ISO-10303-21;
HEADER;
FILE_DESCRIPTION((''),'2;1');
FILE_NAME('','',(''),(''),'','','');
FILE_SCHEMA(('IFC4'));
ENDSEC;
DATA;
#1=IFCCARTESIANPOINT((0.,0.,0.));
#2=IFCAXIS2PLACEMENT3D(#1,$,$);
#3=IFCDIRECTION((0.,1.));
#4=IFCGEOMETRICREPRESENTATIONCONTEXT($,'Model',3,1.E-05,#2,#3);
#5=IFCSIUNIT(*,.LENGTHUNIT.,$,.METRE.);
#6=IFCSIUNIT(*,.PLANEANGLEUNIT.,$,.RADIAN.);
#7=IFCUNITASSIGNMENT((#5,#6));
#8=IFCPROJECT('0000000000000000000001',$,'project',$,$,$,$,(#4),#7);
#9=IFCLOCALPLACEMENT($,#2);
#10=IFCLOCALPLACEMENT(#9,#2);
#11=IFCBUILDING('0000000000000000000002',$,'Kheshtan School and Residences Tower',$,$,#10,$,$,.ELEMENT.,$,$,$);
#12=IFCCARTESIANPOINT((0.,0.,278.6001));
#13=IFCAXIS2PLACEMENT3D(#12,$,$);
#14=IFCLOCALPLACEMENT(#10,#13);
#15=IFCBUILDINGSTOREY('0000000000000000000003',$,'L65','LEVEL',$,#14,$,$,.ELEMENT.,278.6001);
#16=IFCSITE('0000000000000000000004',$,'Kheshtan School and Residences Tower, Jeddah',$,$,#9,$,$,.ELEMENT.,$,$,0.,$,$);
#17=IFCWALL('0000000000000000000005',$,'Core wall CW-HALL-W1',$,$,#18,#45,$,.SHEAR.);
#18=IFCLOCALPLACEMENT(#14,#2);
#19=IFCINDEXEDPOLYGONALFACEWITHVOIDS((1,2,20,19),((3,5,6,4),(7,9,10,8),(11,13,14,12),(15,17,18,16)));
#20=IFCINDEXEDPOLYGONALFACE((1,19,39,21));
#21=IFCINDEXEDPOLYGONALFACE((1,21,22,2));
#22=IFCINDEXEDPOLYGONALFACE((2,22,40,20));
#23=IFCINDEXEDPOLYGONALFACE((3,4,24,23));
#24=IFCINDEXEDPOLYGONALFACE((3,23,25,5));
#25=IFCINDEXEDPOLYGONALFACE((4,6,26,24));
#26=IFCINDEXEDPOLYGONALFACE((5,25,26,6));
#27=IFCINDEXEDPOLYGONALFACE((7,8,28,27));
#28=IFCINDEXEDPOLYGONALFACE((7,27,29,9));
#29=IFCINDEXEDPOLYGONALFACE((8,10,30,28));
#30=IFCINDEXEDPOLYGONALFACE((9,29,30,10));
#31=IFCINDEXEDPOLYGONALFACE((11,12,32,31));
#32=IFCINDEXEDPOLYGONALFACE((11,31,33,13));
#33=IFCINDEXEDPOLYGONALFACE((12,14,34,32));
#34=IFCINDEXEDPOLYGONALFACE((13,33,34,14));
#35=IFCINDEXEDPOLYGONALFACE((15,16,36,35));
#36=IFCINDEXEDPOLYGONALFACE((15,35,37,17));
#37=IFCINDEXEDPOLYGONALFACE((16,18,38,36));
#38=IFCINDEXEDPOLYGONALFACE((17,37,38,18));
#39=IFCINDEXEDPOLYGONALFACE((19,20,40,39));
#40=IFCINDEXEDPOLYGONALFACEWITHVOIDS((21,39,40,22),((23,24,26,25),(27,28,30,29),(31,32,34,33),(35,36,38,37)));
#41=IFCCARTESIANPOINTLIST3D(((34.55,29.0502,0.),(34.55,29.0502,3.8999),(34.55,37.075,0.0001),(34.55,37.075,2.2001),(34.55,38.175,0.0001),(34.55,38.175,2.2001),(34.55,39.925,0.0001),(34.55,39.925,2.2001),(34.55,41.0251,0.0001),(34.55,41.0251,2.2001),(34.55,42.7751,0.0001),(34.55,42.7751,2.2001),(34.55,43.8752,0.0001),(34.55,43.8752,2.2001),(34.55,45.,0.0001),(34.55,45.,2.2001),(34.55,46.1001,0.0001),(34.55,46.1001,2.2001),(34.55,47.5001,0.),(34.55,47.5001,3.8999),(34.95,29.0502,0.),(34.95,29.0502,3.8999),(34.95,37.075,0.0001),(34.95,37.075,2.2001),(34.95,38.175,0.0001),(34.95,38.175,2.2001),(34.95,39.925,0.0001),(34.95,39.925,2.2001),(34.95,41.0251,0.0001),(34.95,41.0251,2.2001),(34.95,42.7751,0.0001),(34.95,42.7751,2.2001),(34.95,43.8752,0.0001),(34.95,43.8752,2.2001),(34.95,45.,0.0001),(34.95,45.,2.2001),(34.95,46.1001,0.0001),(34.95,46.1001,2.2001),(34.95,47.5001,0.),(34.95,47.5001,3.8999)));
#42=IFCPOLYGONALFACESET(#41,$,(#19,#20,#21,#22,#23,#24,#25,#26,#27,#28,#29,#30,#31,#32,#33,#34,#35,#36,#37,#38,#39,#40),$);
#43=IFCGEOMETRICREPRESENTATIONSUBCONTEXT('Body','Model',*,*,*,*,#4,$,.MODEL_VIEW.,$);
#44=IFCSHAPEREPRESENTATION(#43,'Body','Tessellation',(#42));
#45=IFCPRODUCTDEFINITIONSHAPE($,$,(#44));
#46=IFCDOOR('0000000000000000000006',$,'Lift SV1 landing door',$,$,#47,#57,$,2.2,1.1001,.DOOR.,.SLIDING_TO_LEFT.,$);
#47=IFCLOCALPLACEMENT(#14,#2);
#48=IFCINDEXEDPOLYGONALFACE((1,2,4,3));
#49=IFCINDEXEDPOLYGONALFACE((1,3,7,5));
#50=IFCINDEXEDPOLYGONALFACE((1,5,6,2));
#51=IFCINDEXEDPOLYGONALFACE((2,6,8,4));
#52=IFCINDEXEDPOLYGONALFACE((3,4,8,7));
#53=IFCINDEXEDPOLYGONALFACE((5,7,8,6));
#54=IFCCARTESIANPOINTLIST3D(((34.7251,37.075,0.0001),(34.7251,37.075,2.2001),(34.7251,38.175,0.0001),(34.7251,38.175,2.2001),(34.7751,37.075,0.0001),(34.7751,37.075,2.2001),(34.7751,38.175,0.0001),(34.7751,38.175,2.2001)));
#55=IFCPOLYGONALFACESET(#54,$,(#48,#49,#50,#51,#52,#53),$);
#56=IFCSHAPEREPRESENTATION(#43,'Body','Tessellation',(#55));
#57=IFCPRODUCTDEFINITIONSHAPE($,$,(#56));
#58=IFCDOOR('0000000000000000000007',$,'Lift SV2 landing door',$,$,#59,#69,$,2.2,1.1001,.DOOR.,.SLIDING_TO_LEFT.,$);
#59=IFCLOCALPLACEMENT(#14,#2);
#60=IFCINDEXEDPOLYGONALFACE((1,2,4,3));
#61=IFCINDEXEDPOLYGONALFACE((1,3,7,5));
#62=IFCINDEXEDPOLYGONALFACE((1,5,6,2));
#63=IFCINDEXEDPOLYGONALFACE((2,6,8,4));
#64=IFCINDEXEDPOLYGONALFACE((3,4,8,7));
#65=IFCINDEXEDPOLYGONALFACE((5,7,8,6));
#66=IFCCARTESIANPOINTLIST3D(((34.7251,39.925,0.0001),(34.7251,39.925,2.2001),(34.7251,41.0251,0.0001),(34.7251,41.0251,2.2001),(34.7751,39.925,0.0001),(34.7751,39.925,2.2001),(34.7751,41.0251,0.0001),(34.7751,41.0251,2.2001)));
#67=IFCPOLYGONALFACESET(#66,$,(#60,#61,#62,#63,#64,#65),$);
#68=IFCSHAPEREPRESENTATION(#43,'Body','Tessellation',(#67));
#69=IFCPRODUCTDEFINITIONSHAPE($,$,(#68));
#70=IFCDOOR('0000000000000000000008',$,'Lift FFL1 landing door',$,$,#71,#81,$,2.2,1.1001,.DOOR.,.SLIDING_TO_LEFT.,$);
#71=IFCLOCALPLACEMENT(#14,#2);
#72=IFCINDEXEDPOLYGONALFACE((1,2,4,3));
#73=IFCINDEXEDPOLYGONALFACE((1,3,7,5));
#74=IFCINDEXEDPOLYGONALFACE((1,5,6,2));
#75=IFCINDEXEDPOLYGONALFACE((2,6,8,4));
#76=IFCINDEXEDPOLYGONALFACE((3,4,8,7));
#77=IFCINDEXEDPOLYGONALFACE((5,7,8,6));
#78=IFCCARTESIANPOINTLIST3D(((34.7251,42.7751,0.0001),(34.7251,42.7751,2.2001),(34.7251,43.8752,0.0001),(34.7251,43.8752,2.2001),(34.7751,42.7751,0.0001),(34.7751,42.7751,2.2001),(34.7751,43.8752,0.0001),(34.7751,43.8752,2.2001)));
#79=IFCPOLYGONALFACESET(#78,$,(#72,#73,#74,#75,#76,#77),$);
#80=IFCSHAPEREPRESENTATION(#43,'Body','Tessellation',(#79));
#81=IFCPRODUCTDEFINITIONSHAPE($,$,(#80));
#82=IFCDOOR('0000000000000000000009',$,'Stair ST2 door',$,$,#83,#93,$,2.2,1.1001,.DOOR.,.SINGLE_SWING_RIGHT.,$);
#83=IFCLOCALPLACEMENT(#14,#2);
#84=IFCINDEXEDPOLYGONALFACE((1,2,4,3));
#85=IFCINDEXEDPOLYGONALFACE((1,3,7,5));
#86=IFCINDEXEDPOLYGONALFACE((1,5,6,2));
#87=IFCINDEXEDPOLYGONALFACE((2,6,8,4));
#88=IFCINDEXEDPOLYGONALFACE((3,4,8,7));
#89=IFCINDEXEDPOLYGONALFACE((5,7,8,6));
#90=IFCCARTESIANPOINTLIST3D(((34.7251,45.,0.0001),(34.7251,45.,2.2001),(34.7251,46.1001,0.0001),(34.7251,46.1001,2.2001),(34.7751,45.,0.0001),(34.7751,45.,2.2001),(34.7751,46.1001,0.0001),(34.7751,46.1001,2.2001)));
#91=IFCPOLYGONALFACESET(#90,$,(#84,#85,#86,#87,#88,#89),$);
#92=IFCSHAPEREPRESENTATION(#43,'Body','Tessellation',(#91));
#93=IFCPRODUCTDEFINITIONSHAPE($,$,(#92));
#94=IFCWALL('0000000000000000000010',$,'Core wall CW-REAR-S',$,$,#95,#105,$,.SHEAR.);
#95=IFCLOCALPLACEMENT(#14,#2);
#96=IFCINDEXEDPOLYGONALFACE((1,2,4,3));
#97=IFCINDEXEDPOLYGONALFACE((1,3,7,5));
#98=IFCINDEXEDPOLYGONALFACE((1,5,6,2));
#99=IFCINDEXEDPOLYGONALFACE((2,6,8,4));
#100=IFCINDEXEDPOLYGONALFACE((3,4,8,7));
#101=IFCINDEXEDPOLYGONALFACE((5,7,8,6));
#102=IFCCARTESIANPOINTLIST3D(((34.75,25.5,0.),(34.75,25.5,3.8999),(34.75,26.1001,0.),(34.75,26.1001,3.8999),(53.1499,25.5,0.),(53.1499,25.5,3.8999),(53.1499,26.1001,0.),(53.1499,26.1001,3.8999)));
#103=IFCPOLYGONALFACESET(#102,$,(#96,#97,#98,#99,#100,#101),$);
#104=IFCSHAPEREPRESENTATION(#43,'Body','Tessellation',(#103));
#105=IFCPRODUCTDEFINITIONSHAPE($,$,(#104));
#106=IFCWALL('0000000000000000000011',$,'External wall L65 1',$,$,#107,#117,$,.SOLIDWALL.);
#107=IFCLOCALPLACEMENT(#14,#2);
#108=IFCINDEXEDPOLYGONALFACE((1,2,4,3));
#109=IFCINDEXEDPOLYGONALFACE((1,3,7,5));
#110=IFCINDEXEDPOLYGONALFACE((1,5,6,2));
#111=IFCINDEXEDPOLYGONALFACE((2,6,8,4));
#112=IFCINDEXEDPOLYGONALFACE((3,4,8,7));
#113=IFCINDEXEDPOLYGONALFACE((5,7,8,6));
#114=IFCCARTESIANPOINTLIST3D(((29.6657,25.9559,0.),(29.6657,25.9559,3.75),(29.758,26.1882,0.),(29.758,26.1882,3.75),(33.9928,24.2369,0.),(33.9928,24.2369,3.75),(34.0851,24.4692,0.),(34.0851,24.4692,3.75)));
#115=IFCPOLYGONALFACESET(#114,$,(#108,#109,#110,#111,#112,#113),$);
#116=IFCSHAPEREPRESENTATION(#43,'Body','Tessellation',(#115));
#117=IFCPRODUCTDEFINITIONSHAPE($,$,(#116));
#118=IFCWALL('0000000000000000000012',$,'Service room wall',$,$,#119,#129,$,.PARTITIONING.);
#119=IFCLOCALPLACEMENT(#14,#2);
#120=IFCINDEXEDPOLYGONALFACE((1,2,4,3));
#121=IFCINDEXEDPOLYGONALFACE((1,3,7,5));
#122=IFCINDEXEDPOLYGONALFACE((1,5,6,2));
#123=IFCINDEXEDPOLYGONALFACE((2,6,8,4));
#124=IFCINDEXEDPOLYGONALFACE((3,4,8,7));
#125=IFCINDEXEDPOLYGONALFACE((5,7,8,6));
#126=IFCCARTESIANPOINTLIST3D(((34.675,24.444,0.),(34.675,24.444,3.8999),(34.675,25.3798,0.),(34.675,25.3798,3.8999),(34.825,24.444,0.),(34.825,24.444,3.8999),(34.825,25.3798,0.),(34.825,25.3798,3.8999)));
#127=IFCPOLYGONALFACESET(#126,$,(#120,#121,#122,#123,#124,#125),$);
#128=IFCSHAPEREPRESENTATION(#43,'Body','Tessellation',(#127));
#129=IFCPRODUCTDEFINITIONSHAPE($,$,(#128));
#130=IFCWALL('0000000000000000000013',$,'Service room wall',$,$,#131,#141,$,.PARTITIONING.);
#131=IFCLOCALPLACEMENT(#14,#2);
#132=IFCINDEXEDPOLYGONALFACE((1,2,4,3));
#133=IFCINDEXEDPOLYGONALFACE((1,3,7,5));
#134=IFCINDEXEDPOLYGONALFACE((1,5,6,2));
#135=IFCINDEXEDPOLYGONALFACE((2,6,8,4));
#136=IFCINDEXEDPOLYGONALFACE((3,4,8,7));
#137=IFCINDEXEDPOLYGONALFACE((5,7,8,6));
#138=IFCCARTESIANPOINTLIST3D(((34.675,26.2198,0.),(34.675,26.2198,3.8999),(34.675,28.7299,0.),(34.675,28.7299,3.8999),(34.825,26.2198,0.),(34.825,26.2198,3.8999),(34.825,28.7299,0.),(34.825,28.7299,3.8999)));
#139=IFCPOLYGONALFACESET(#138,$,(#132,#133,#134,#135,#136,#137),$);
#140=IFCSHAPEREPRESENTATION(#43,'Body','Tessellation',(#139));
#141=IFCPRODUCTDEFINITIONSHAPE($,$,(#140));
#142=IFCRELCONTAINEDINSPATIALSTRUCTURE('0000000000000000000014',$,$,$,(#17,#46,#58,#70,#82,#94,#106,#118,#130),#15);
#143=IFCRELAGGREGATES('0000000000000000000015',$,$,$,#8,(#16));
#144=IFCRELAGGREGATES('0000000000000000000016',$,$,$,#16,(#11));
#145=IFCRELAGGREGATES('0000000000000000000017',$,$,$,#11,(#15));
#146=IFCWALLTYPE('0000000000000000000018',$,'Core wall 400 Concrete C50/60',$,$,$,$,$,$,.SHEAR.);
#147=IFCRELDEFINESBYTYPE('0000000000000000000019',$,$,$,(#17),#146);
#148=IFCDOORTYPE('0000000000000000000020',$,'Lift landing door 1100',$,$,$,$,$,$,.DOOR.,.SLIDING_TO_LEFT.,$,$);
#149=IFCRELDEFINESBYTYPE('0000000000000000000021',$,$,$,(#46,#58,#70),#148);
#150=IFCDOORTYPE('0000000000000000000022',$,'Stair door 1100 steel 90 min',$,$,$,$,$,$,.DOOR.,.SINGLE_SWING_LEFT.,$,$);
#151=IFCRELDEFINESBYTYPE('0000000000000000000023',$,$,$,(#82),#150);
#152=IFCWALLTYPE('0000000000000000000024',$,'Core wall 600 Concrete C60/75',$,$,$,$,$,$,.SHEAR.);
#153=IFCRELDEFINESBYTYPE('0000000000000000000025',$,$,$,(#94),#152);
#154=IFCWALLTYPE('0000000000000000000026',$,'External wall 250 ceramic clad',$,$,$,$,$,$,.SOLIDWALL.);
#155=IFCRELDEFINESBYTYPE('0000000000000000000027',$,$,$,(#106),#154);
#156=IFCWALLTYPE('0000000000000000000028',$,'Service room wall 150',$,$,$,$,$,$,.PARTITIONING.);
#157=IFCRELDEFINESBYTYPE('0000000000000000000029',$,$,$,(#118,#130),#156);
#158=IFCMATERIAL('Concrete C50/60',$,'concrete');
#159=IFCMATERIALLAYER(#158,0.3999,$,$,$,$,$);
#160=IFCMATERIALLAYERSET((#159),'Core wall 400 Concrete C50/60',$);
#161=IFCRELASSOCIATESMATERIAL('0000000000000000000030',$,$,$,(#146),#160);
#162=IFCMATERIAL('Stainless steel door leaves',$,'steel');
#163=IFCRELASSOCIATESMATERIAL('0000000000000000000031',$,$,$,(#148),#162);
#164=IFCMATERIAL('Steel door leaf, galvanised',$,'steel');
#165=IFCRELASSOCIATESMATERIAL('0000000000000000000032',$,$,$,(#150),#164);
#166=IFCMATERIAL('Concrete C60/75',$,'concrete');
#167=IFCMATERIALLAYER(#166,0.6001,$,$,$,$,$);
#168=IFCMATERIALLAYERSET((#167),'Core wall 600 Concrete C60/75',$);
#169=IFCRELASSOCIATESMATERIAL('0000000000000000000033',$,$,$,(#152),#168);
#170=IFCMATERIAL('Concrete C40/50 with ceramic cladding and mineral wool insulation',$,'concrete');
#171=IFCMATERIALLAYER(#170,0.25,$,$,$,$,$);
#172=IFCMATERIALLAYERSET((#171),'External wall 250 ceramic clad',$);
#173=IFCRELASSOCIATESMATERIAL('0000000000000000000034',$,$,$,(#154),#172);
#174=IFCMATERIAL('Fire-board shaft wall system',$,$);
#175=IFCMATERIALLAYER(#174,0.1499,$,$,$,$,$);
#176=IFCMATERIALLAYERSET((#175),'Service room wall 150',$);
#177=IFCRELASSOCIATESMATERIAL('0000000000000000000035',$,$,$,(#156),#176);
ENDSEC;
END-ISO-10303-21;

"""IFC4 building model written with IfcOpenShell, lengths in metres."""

from ifc_helpers import new_model, si_unit, direction, frame, frame_2d, origin, place, context, subcontext, project, spatial, rectangle, extrude, source, transform, mapped, material, layer, layer_set, type_object, element, fill, save


model = new_model("IFC4")

# Units and contexts
model_context = context("Model", 3, precision=1e-05, world=origin(), true_north=direction((0.0, 1.0)))
body_context = subcontext(model_context, "Body", "Model", "MODEL_VIEW")
ifc_project = project(units=[si_unit("LENGTHUNIT", "METRE"), si_unit("PLANEANGLEUNIT", "RADIAN")], contexts=[model_context])

# Site, building, storey
site_placement = place(None, origin())
site = spatial("IfcSite", under=ifc_project, at=site_placement, Name="Kheshtan School and Residences Tower, Jeddah", CompositionType="ELEMENT", RefElevation=0.0)
building_placement = place(site_placement, origin())
building = spatial("IfcBuilding", under=site, at=building_placement, Name="Kheshtan School and Residences Tower", CompositionType="ELEMENT")
storey_placement = place(building_placement, frame((0.0, 0.0, 278.6001)))
storey = spatial("IfcBuildingStorey", under=building, at=storey_placement, Name="L65", Description="LEVEL", CompositionType="ELEMENT", Elevation=278.6001)

# Wall, openings, doors
ifc_material_1 = material(Name="Concrete C50/60", Category="concrete")
ifc_layer_1 = layer(ifc_material_1, 0.3999)
ifc_layer_set_1 = layer_set([ifc_layer_1], Name="Core wall 400 Concrete C50/60")
wall_type_1 = type_object("IfcWallType", Name="Core wall 400 Concrete C50/60", PredefinedType="SHEAR", material=ifc_layer_set_1)
ifc_material_2 = material(Name="Stainless steel door leaves", Category="steel")
door_type_1 = type_object("IfcDoorType", Name="Lift landing door 1100", OperationType="SLIDING_TO_LEFT", PredefinedType="DOOR", material=ifc_material_2)
shared_shape_1 = source(origin(), body_context, "Body", "SweptSolid", [
    extrude(rectangle(XDim=1.1001, YDim=2.2, at=frame_2d((0.55, 1.1001))), frame((0.0, 0.0249, 0.0), z_axis=(0.0, -1.0, 0.0), x_axis=(1.0, 0.0, 0.0)), (0.0, 0.0, 1.0), 0.05),
])
ifc_material_3 = material(Name="Steel door leaf, galvanised", Category="steel")
wall_1_placement = place(storey_placement, frame((34.75, 29.05, 0.0), z_axis=(0.0, 0.0, 1.0), x_axis=(0.0, 1.0, 0.0)))
wall_1 = element("IfcWall", 1, at=wall_1_placement, inside=storey, type_object=wall_type_1, Name="Core wall CW-HALL-W1", PredefinedType="SHEAR", context=body_context, shape_type="SweptSolid", body=[
    extrude(rectangle(XDim=18.45, YDim=0.3999, at=frame_2d((9.2251, 0.0))), origin(), (0.0, 0.0, 1.0), 3.8999),
])
opening_1_placement = place(wall_1_placement, frame((8.0249, 0.0, 0.0)))
opening_1 = element("IfcOpeningElement", 2, at=opening_1_placement, cuts=wall_1, PredefinedType="OPENING", context=body_context, shape_type="SweptSolid", body=[
    extrude(rectangle(XDim=1.1001, YDim=2.2, at=frame_2d((0.55, 1.1001))), frame((0.0, 0.21, 0.0), z_axis=(0.0, -1.0, 0.0), x_axis=(1.0, 0.0, 0.0)), (0.0, 0.0, 1.0), 0.4199),
])
opening_2_placement = place(wall_1_placement, frame((10.875, 0.0, 0.0)))
opening_2 = element("IfcOpeningElement", 3, at=opening_2_placement, cuts=wall_1, PredefinedType="OPENING", context=body_context, shape_type="SweptSolid", body=[
    extrude(rectangle(XDim=1.1001, YDim=2.2, at=frame_2d((0.55, 1.1001))), frame((0.0, 0.21, 0.0), z_axis=(0.0, -1.0, 0.0), x_axis=(1.0, 0.0, 0.0)), (0.0, 0.0, 1.0), 0.4199),
])
opening_3_placement = place(wall_1_placement, frame((13.7251, 0.0, 0.0)))
opening_3 = element("IfcOpeningElement", 4, at=opening_3_placement, cuts=wall_1, PredefinedType="OPENING", context=body_context, shape_type="SweptSolid", body=[
    extrude(rectangle(XDim=1.1001, YDim=2.2, at=frame_2d((0.55, 1.1001))), frame((0.0, 0.21, 0.0), z_axis=(0.0, -1.0, 0.0), x_axis=(1.0, 0.0, 0.0)), (0.0, 0.0, 1.0), 0.4199),
])
opening_4_placement = place(wall_1_placement, frame((15.95, 0.0, 0.0)))
opening_4 = element("IfcOpeningElement", 5, at=opening_4_placement, cuts=wall_1, PredefinedType="OPENING", context=body_context, shape_type="SweptSolid", body=[
    extrude(rectangle(XDim=1.1001, YDim=2.2, at=frame_2d((0.55, 1.1001))), frame((0.0, 0.21, 0.0), z_axis=(0.0, -1.0, 0.0), x_axis=(1.0, 0.0, 0.0)), (0.0, 0.0, 1.0), 0.4199),
])
door_1_placement = place(opening_1_placement, origin())
door_1 = element("IfcDoor", 6, at=door_1_placement, inside=storey, type_object=door_type_1, Name="Lift SV1 landing door", OperationType="SLIDING_TO_LEFT", OverallHeight=2.2, OverallWidth=1.1001, PredefinedType="DOOR", context=body_context, shape_type="MappedRepresentation", body=[
    mapped(shared_shape_1, transform((0.0, 0.0, 0.0), x_axis=(1.0, 0.0, 0.0), y_axis=(0.0, 1.0, 0.0), z_axis=(0.0, 0.0, 1.0), scale=1.0)),
])
fill(opening_1, door_1)
door_2_placement = place(opening_2_placement, origin())
door_2 = element("IfcDoor", 7, at=door_2_placement, inside=storey, type_object=door_type_1, Name="Lift SV2 landing door", OperationType="SLIDING_TO_LEFT", OverallHeight=2.2, OverallWidth=1.1001, PredefinedType="DOOR", context=body_context, shape_type="MappedRepresentation", body=[
    mapped(shared_shape_1, transform((0.0, 0.0, 0.0), x_axis=(1.0, 0.0, 0.0), y_axis=(0.0, 1.0, 0.0), z_axis=(0.0, 0.0, 1.0), scale=1.0)),
])
fill(opening_2, door_2)
door_3_placement = place(opening_3_placement, origin())
door_3 = element("IfcDoor", 8, at=door_3_placement, inside=storey, type_object=door_type_1, Name="Lift FFL1 landing door", OperationType="SLIDING_TO_LEFT", OverallHeight=2.2, OverallWidth=1.1001, PredefinedType="DOOR", context=body_context, shape_type="MappedRepresentation", body=[
    mapped(shared_shape_1, transform((0.0, 0.0, 0.0), x_axis=(1.0, 0.0, 0.0), y_axis=(0.0, 1.0, 0.0), z_axis=(0.0, 0.0, 1.0), scale=1.0)),
])
fill(opening_3, door_3)
door_type_2 = type_object("IfcDoorType", Name="Stair door 1100 steel 90 min", OperationType="SINGLE_SWING_LEFT", PredefinedType="DOOR", material=ifc_material_3)
shared_shape_2 = source(origin(), body_context, "Body", "SweptSolid", [
    extrude(rectangle(XDim=1.1001, YDim=2.2, at=frame_2d((0.55, 1.1001))), frame((0.0, 0.0249, 0.0), z_axis=(0.0, -1.0, 0.0), x_axis=(1.0, 0.0, 0.0)), (0.0, 0.0, 1.0), 0.05),
])
door_4_placement = place(opening_4_placement, origin())
door_4 = element("IfcDoor", 9, at=door_4_placement, inside=storey, type_object=door_type_2, Name="Stair ST2 door", OperationType="SINGLE_SWING_RIGHT", OverallHeight=2.2, OverallWidth=1.1001, PredefinedType="DOOR", context=body_context, shape_type="MappedRepresentation", body=[
    mapped(shared_shape_2, transform((0.0, 0.0, 0.0), x_axis=(1.0, 0.0, 0.0), y_axis=(0.0, 1.0, 0.0), z_axis=(0.0, 0.0, 1.0), scale=1.0)),
])
fill(opening_4, door_4)

# Walls
ifc_material_4 = material(Name="Concrete C60/75", Category="concrete")
ifc_layer_2 = layer(ifc_material_4, 0.6001)
ifc_layer_set_2 = layer_set([ifc_layer_2], Name="Core wall 600 Concrete C60/75")
wall_type_2 = type_object("IfcWallType", Name="Core wall 600 Concrete C60/75", PredefinedType="SHEAR", material=ifc_layer_set_2)
wall_2_placement = place(storey_placement, frame((34.75, 25.8, 0.0), z_axis=(0.0, 0.0, 1.0), x_axis=(1.0, 0.0, 0.0)))
element("IfcWall", 10, at=wall_2_placement, inside=storey, type_object=wall_type_2, Name="Core wall CW-REAR-S", PredefinedType="SHEAR", context=body_context, shape_type="SweptSolid", body=[
    extrude(rectangle(XDim=18.3999, YDim=0.6001, at=frame_2d((9.2, 0.0))), origin(), (0.0, 0.0, 1.0), 3.8999),
])
ifc_material_5 = material(Name="Concrete C40/50 with ceramic cladding and mineral wool insulation", Category="concrete")
ifc_layer_3 = layer(ifc_material_5, 0.25)
ifc_layer_set_3 = layer_set([ifc_layer_3], Name="External wall 250 ceramic clad")
wall_type_3 = type_object("IfcWallType", Name="External wall 250 ceramic clad", PredefinedType="SOLIDWALL", material=ifc_layer_set_3)
wall_3_placement = place(storey_placement, frame((34.0391, 24.353, 0.0), z_axis=(0.0, 0.0, 1.0), x_axis=(-0.929353, 0.369193, 0.0)))
element("IfcWall", 11, at=wall_3_placement, inside=storey, type_object=wall_type_3, Name="External wall L65 1", PredefinedType="SOLIDWALL", context=body_context, shape_type="SweptSolid", body=[
    extrude(rectangle(XDim=4.656, YDim=0.25, at=frame_2d((2.3281, 0.0))), origin(), (0.0, 0.0, 1.0), 3.75),
])
ifc_material_6 = material(Name="Fire-board shaft wall system")
ifc_layer_4 = layer(ifc_material_6, 0.1499)
ifc_layer_set_4 = layer_set([ifc_layer_4], Name="Service room wall 150")
wall_type_4 = type_object("IfcWallType", Name="Service room wall 150", PredefinedType="PARTITIONING", material=ifc_layer_set_4)
wall_4_placement = place(storey_placement, frame((34.75, 24.4441, 0.0), z_axis=(0.0, 0.0, 1.0), x_axis=(0.0, 1.0, 0.0)))
element("IfcWall", 12, at=wall_4_placement, inside=storey, type_object=wall_type_4, Name="Service room wall", PredefinedType="PARTITIONING", context=body_context, shape_type="SweptSolid", body=[
    extrude(rectangle(XDim=0.9358, YDim=0.1499, at=frame_2d((0.4678, 0.0))), origin(), (0.0, 0.0, 1.0), 3.8999),
])
wall_5_placement = place(storey_placement, frame((34.75, 26.22, 0.0), z_axis=(0.0, 0.0, 1.0), x_axis=(0.0, 1.0, 0.0)))
element("IfcWall", 13, at=wall_5_placement, inside=storey, type_object=wall_type_4, Name="Service room wall", PredefinedType="PARTITIONING", context=body_context, shape_type="SweptSolid", body=[
    extrude(rectangle(XDim=2.51, YDim=0.1499, at=frame_2d((1.2549, 0.0))), origin(), (0.0, 0.0, 1.0), 3.8999),
])

save(model, "model.ifc")
